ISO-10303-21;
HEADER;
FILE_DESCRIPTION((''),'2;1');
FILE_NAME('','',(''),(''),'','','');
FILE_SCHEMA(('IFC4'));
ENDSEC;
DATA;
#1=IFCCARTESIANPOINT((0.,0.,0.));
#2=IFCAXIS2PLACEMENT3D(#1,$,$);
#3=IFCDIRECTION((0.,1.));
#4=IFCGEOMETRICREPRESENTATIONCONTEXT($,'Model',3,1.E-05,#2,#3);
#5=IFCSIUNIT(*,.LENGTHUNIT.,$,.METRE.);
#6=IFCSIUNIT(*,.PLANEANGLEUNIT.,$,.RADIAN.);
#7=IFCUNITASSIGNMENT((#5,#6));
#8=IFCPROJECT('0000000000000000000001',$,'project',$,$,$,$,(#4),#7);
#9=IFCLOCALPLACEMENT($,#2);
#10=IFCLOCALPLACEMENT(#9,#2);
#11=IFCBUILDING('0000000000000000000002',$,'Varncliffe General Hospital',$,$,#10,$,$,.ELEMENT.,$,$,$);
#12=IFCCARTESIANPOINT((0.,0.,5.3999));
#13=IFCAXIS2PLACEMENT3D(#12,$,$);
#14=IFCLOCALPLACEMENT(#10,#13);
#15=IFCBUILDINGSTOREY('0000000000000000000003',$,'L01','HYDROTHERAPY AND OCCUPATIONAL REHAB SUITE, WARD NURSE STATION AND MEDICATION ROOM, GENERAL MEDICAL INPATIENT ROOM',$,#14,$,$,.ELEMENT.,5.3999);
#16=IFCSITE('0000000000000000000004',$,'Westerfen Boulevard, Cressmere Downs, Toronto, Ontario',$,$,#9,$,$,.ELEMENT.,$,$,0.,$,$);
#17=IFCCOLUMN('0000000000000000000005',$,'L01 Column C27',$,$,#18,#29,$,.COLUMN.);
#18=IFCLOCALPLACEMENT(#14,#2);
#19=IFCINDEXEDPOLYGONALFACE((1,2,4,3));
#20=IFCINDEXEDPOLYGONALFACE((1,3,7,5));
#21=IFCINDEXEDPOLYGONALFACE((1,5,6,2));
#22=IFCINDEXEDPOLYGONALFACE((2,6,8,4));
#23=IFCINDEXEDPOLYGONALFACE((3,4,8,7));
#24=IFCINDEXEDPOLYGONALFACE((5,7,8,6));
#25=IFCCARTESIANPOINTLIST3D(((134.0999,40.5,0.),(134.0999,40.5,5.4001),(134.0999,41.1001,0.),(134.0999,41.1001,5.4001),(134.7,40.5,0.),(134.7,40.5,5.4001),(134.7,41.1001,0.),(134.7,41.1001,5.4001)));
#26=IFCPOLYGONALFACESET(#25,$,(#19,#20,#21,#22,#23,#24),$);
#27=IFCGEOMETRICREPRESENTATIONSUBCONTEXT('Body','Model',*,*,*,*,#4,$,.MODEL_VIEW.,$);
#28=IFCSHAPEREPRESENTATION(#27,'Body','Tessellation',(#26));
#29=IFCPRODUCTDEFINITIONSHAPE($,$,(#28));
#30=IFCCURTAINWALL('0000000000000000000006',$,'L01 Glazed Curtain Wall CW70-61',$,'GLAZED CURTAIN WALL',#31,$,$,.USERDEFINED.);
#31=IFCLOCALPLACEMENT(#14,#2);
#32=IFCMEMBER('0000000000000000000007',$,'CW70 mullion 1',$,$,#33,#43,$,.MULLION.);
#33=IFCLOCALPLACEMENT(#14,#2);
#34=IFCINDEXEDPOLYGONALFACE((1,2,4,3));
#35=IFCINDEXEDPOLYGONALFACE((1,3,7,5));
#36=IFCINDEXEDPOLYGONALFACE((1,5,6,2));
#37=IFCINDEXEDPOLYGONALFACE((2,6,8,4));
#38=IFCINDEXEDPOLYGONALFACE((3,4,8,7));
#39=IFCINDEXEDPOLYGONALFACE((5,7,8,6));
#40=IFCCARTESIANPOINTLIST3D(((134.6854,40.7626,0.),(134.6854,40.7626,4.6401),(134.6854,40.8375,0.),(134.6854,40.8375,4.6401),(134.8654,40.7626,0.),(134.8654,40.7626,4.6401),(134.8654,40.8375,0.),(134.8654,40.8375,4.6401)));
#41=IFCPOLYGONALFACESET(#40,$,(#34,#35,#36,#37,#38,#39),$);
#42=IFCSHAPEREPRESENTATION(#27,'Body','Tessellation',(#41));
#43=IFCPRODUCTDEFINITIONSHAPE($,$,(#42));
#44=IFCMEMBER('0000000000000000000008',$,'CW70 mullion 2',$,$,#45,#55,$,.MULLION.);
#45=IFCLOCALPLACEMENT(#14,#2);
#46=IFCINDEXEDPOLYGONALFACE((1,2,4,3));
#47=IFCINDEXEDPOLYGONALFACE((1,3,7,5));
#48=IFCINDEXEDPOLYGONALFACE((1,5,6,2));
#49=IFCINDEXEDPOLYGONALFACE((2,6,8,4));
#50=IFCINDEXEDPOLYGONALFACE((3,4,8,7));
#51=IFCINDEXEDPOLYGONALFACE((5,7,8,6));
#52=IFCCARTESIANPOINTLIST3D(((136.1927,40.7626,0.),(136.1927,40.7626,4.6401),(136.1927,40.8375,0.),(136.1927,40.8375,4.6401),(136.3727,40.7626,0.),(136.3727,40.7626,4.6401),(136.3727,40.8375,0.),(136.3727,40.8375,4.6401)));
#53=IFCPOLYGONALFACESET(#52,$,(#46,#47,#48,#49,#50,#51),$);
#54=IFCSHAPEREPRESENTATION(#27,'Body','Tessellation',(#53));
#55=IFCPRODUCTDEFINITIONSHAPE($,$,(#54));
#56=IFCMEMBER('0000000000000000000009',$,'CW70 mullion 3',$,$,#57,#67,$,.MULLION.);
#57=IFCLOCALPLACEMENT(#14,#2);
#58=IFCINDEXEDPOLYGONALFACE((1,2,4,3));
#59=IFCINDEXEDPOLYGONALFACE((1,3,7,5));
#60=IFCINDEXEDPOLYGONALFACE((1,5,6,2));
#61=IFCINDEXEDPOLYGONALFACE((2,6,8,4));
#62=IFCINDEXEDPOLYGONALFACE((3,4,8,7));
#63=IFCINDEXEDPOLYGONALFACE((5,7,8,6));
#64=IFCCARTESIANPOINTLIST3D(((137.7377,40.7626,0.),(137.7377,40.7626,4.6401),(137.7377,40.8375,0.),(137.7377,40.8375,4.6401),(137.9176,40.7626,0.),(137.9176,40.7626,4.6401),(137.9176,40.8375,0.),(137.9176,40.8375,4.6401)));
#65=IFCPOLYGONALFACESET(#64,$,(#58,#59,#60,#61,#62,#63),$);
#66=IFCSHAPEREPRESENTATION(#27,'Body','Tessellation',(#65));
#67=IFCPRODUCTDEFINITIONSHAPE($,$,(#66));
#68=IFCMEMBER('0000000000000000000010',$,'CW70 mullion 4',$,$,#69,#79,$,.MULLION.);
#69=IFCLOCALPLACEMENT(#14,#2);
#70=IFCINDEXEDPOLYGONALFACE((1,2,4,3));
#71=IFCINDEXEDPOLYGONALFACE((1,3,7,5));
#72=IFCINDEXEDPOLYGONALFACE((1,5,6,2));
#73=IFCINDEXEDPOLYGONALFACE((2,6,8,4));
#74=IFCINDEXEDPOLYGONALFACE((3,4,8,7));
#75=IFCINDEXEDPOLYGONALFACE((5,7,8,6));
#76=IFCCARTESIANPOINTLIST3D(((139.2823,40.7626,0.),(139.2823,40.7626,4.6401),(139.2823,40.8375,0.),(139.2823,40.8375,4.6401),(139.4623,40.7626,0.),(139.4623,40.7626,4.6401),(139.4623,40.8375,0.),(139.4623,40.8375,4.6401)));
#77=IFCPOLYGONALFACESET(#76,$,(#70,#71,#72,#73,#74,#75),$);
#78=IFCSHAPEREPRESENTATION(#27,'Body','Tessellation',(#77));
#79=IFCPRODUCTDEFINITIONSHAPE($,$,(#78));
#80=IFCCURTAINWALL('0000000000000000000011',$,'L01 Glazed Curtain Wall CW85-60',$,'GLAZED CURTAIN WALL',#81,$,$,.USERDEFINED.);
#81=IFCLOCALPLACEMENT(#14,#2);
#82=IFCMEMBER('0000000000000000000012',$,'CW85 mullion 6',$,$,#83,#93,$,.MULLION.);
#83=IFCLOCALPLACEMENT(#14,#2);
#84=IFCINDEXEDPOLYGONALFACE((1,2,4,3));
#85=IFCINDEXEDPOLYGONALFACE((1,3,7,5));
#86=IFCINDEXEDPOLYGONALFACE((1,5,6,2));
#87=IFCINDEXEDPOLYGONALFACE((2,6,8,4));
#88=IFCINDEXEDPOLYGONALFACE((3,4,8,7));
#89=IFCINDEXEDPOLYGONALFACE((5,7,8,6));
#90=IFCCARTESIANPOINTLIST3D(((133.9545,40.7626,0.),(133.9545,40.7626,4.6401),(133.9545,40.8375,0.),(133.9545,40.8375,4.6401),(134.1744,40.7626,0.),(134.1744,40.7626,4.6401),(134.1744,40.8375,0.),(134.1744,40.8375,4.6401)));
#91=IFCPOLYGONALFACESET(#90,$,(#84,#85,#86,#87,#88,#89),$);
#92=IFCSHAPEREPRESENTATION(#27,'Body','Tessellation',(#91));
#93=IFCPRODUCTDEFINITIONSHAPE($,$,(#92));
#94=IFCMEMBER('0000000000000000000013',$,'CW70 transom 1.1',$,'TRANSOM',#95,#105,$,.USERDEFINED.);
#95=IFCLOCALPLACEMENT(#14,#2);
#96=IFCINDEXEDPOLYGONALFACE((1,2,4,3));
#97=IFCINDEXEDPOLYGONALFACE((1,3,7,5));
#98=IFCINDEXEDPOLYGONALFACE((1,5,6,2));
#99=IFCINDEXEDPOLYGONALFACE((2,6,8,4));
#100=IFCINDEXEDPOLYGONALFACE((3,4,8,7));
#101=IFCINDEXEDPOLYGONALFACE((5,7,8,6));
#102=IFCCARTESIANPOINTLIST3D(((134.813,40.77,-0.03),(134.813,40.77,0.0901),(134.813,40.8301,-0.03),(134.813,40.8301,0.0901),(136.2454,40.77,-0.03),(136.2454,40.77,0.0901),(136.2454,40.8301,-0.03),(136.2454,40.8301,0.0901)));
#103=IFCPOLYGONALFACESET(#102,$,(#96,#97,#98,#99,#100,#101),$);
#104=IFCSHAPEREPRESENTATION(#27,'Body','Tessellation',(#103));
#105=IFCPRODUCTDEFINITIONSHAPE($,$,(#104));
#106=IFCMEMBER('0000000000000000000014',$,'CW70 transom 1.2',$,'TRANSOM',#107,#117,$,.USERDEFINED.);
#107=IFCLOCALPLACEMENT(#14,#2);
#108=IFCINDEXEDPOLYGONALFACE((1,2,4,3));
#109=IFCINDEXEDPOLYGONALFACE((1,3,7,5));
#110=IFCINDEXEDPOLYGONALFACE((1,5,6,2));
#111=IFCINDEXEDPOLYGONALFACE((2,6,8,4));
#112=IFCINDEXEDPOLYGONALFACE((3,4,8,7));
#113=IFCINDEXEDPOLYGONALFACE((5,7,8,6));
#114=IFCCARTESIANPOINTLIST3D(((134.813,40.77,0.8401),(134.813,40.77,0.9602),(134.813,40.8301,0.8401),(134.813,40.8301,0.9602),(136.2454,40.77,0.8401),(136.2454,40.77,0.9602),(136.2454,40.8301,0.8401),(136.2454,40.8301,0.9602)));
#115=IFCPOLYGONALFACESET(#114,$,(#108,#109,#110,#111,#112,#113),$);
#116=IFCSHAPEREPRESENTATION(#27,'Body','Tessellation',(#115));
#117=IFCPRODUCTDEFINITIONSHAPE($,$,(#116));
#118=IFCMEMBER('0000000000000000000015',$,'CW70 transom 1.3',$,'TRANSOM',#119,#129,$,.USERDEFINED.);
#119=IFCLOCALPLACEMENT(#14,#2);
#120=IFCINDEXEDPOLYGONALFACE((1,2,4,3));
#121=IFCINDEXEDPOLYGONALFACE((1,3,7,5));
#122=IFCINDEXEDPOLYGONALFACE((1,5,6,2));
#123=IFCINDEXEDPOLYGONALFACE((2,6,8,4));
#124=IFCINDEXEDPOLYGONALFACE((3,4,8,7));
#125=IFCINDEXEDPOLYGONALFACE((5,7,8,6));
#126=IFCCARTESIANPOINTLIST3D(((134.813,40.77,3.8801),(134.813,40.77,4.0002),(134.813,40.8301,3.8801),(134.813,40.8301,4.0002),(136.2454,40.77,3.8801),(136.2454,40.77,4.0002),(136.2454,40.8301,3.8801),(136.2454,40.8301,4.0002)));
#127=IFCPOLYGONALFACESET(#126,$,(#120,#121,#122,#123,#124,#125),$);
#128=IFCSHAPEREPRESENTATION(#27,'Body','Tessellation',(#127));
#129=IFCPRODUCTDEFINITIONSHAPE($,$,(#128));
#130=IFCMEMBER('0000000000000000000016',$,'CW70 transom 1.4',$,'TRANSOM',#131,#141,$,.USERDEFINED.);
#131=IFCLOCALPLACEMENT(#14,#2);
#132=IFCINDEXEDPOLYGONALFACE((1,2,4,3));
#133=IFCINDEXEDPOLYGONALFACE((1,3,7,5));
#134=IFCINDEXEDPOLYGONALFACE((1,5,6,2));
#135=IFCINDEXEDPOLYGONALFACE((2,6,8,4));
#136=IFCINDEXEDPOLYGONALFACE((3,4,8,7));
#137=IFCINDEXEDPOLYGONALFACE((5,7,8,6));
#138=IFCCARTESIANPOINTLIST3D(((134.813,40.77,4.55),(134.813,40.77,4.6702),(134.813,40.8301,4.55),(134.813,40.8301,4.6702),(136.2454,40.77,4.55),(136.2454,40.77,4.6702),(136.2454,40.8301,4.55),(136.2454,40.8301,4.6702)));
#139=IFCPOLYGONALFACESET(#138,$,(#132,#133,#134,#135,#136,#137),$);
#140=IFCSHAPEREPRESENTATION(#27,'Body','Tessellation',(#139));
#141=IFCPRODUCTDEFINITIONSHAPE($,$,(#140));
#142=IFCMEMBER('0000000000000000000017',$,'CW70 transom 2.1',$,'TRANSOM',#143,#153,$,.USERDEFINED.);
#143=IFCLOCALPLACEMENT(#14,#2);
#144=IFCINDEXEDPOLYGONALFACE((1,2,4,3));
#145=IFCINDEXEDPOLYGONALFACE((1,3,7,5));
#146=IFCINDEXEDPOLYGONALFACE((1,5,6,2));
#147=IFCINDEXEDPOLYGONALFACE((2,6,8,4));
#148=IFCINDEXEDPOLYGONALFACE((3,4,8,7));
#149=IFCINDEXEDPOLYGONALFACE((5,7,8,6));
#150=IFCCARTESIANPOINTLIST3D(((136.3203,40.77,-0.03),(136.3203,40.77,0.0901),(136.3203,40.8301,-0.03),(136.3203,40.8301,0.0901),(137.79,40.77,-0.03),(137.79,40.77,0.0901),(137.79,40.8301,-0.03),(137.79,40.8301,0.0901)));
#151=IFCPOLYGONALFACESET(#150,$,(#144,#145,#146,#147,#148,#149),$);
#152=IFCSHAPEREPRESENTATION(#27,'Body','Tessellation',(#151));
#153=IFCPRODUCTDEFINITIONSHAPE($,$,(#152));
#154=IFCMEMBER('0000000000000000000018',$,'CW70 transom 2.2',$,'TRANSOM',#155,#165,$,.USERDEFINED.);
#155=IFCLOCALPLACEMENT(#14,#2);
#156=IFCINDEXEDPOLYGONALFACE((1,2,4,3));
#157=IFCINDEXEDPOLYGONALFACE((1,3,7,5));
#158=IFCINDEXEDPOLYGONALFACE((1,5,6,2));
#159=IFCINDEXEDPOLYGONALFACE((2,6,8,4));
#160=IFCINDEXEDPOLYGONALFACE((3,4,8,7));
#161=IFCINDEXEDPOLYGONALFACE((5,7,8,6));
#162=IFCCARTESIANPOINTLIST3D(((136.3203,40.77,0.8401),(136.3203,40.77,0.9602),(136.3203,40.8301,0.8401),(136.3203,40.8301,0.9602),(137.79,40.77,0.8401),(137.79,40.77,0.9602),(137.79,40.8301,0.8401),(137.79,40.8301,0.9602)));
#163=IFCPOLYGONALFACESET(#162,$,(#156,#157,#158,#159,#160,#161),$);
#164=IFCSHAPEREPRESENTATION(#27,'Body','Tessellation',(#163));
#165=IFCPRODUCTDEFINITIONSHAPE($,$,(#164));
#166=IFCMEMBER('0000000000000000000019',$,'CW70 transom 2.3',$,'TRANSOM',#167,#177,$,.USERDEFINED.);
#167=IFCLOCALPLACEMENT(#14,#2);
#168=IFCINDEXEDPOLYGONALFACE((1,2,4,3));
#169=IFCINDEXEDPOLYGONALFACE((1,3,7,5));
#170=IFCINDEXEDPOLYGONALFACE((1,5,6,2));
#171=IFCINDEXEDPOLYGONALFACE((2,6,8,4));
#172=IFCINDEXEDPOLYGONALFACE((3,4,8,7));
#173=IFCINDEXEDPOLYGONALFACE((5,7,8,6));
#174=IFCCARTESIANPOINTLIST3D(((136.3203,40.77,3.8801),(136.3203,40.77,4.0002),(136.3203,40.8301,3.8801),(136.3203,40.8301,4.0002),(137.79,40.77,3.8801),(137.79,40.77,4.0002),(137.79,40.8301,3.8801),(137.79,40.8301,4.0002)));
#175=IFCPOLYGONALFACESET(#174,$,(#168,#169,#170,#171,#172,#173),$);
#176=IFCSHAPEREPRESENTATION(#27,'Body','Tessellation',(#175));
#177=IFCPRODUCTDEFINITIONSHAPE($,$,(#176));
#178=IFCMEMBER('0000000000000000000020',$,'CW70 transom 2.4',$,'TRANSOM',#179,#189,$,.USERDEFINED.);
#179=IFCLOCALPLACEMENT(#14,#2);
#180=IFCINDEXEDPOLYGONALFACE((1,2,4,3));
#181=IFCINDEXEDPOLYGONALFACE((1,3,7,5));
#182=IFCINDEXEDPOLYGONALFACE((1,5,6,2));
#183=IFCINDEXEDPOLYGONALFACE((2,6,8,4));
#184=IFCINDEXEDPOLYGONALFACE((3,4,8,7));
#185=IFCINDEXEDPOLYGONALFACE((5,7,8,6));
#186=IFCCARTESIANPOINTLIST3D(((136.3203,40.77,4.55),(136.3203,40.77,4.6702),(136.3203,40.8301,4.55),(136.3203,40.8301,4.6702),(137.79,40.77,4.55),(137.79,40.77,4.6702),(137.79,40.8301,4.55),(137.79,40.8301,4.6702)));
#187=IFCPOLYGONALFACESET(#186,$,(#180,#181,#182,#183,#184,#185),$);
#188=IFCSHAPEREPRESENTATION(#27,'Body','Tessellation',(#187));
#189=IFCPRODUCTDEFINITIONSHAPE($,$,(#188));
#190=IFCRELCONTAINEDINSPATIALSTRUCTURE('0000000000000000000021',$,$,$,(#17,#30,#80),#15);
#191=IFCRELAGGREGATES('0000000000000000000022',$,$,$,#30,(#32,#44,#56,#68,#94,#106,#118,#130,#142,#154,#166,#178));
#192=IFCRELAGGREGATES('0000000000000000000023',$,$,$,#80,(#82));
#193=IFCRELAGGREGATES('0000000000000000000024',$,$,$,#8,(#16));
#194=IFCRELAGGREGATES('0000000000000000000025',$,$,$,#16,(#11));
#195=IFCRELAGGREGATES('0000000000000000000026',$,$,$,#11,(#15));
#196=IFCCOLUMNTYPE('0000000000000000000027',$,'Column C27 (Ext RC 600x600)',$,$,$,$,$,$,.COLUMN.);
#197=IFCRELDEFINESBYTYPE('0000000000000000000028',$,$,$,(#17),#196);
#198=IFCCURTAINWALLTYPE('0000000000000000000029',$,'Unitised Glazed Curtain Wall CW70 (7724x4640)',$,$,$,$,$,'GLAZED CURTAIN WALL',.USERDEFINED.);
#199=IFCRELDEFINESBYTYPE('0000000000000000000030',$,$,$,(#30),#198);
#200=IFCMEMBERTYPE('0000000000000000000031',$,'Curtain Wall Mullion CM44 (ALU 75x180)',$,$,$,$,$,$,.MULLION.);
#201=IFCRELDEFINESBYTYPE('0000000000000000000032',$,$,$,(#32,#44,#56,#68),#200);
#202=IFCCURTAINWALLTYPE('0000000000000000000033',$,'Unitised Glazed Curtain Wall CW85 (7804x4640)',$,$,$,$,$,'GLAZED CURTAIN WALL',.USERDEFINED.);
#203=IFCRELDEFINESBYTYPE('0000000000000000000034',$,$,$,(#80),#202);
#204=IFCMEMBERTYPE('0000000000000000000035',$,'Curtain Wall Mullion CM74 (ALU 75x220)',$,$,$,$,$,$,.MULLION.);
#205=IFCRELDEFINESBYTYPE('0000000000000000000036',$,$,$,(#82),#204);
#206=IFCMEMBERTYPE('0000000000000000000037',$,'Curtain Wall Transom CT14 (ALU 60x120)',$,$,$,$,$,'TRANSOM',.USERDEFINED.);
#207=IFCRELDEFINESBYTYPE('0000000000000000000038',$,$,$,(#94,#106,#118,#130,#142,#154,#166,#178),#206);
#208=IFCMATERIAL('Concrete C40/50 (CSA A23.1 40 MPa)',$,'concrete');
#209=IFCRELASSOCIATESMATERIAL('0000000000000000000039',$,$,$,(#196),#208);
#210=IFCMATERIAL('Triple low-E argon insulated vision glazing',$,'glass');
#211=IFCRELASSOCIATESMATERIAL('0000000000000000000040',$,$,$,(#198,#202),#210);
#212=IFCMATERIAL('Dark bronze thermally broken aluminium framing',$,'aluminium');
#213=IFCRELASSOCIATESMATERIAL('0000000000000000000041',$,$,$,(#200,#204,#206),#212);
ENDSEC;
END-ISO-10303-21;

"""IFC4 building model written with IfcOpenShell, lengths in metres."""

from ifc_helpers import new_model, si_unit, direction, frame, origin, origin_2d, place, context, subcontext, project, spatial, rectangle, extrude, material, material_profile, profile_set, type_object, element, aggregate, save


model = new_model("IFC4")

# Units and contexts
model_context = context("Model", 3, precision=1e-05, world=origin(), true_north=direction((0.0, 1.0)))
body_context = subcontext(model_context, "Body", "Model", "MODEL_VIEW")
ifc_project = project(units=[si_unit("LENGTHUNIT", "METRE"), si_unit("PLANEANGLEUNIT", "RADIAN")], contexts=[model_context])

# Site, building, storey
site_placement = place(None, origin())
site = spatial("IfcSite", under=ifc_project, at=site_placement, Name="Westerfen Boulevard, Cressmere Downs, Toronto, Ontario", CompositionType="ELEMENT", RefElevation=0.0)
building_placement = place(site_placement, origin())
building = spatial("IfcBuilding", under=site, at=building_placement, Name="Varncliffe General Hospital", CompositionType="ELEMENT")
storey_placement = place(building_placement, frame((0.0, 0.0, 5.3999)))
storey = spatial("IfcBuildingStorey", under=building, at=storey_placement, Name="L01", Description="HYDROTHERAPY AND OCCUPATIONAL REHAB SUITE, WARD NURSE STATION AND MEDICATION ROOM, GENERAL MEDICAL INPATIENT ROOM", CompositionType="ELEMENT", Elevation=5.3999)

# Column
ifc_material_1 = material(Name="Concrete C40/50 (CSA A23.1 40 MPa)", Category="concrete")
ifc_material_profile_1 = material_profile(ifc_material_1, rectangle(XDim=0.6001, YDim=0.6001, at=origin_2d()), Name="RC 600x600")
ifc_profile_set_1 = profile_set([ifc_material_profile_1], Name="Concrete C40/50 (CSA A23.1 40 MPa)")
column_type = type_object("IfcColumnType", Name="Column C27 (Ext RC 600x600)", PredefinedType="COLUMN", material=ifc_profile_set_1)
column_placement = place(storey_placement, frame((134.3999, 40.8, 0.0), z_axis=(0.0, 0.0, 1.0), x_axis=(1.0, 0.0, 0.0)))
element("IfcColumn", 1, at=column_placement, inside=storey, type_object=column_type, Name="L01 Column C27", PredefinedType="COLUMN", context=body_context, shape_type="SweptSolid", body=[
    extrude(rectangle(XDim=0.6001, YDim=0.6001, at=origin_2d()), origin(), (0.0, 0.0, 1.0), 5.4001),
])

# Curtain wall, members
ifc_material_2 = material(Name="Triple low-E argon insulated vision glazing", Category="glass")
curtain_wall_type_1 = type_object("IfcCurtainWallType", Name="Unitised Glazed Curtain Wall CW70 (7724x4640)", ElementType="GLAZED CURTAIN WALL", PredefinedType="USERDEFINED", material=ifc_material_2)
curtain_wall_1_placement = place(storey_placement, origin())
curtain_wall_1 = element("IfcCurtainWall", 2, at=curtain_wall_1_placement, inside=storey, type_object=curtain_wall_type_1, Name="L01 Glazed Curtain Wall CW70-61", ObjectType="GLAZED CURTAIN WALL", PredefinedType="USERDEFINED")
ifc_material_3 = material(Name="Dark bronze thermally broken aluminium framing", Category="aluminium")
ifc_material_profile_2 = material_profile(ifc_material_3, rectangle(XDim=0.075, YDim=0.1799, at=origin_2d()), Name="ALU 75x180")
ifc_profile_set_2 = profile_set([ifc_material_profile_2], Name="Dark bronze thermally broken aluminium framing")
member_type_1 = type_object("IfcMemberType", Name="Curtain Wall Mullion CM44 (ALU 75x180)", PredefinedType="MULLION", material=ifc_profile_set_2)
member_1_placement = place(storey_placement, frame((134.7754, 40.8, 0.0), z_axis=(0.0, 0.0, 1.0), x_axis=(0.0, 1.0, 0.0)))
member_1 = element("IfcMember", 3, at=member_1_placement, type_object=member_type_1, Name="CW70 mullion 1", PredefinedType="MULLION", context=body_context, shape_type="SweptSolid", body=[
    extrude(rectangle(XDim=0.075, YDim=0.1799, at=origin_2d()), origin(), (0.0, 0.0, 1.0), 4.6401),
])
member_2_placement = place(storey_placement, frame((136.2827, 40.8, 0.0), z_axis=(0.0, 0.0, 1.0), x_axis=(0.0, 1.0, 0.0)))
member_2 = element("IfcMember", 4, at=member_2_placement, type_object=member_type_1, Name="CW70 mullion 2", PredefinedType="MULLION", context=body_context, shape_type="SweptSolid", body=[
    extrude(rectangle(XDim=0.075, YDim=0.1799, at=origin_2d()), origin(), (0.0, 0.0, 1.0), 4.6401),
])
member_3_placement = place(storey_placement, frame((137.8276, 40.8, 0.0), z_axis=(0.0, 0.0, 1.0), x_axis=(0.0, 1.0, 0.0)))
member_3 = element("IfcMember", 5, at=member_3_placement, type_object=member_type_1, Name="CW70 mullion 3", PredefinedType="MULLION", context=body_context, shape_type="SweptSolid", body=[
    extrude(rectangle(XDim=0.075, YDim=0.1799, at=origin_2d()), origin(), (0.0, 0.0, 1.0), 4.6401),
])
member_4_placement = place(storey_placement, frame((139.3723, 40.8, 0.0), z_axis=(0.0, 0.0, 1.0), x_axis=(0.0, 1.0, 0.0)))
member_4 = element("IfcMember", 6, at=member_4_placement, type_object=member_type_1, Name="CW70 mullion 4", PredefinedType="MULLION", context=body_context, shape_type="SweptSolid", body=[
    extrude(rectangle(XDim=0.075, YDim=0.1799, at=origin_2d()), origin(), (0.0, 0.0, 1.0), 4.6401),
])

# Curtain wall, member
curtain_wall_type_2 = type_object("IfcCurtainWallType", Name="Unitised Glazed Curtain Wall CW85 (7804x4640)", ElementType="GLAZED CURTAIN WALL", PredefinedType="USERDEFINED", material=ifc_material_2)
curtain_wall_2_placement = place(storey_placement, origin())
curtain_wall_2 = element("IfcCurtainWall", 7, at=curtain_wall_2_placement, inside=storey, type_object=curtain_wall_type_2, Name="L01 Glazed Curtain Wall CW85-60", ObjectType="GLAZED CURTAIN WALL", PredefinedType="USERDEFINED")
ifc_material_profile_3 = material_profile(ifc_material_3, rectangle(XDim=0.075, YDim=0.22, at=origin_2d()), Name="ALU 75x220")
ifc_profile_set_3 = profile_set([ifc_material_profile_3], Name="Dark bronze thermally broken aluminium framing")
member_type_2 = type_object("IfcMemberType", Name="Curtain Wall Mullion CM74 (ALU 75x220)", PredefinedType="MULLION", material=ifc_profile_set_3)
member_5_placement = place(storey_placement, frame((134.0645, 40.8, 0.0), z_axis=(0.0, 0.0, 1.0), x_axis=(0.0, 1.0, 0.0)))
member_5 = element("IfcMember", 8, at=member_5_placement, type_object=member_type_2, Name="CW85 mullion 6", PredefinedType="MULLION", context=body_context, shape_type="SweptSolid", body=[
    extrude(rectangle(XDim=0.075, YDim=0.22, at=origin_2d()), origin(), (0.0, 0.0, 1.0), 4.6401),
])

# Members
ifc_material_profile_4 = material_profile(ifc_material_3, rectangle(XDim=0.0601, YDim=0.1201, at=origin_2d()), Name="ALU 60x120")
ifc_profile_set_4 = profile_set([ifc_material_profile_4], Name="Dark bronze thermally broken aluminium framing")
member_type_3 = type_object("IfcMemberType", Name="Curtain Wall Transom CT14 (ALU 60x120)", ElementType="TRANSOM", PredefinedType="USERDEFINED", material=ifc_profile_set_4)
member_6_placement = place(storey_placement, frame((134.813, 40.8, 0.03), z_axis=(1.0, 0.0, 0.0), x_axis=(0.0, 1.0, 0.0)))
member_6 = element("IfcMember", 9, at=member_6_placement, type_object=member_type_3, Name="CW70 transom 1.1", ObjectType="TRANSOM", PredefinedType="USERDEFINED", context=body_context, shape_type="SweptSolid", body=[
    extrude(rectangle(XDim=0.0601, YDim=0.1201, at=origin_2d()), origin(), (0.0, 0.0, 1.0), 1.4324),
])
member_7_placement = place(storey_placement, frame((134.813, 40.8, 0.9001), z_axis=(1.0, 0.0, 0.0), x_axis=(0.0, 1.0, 0.0)))
member_7 = element("IfcMember", 10, at=member_7_placement, type_object=member_type_3, Name="CW70 transom 1.2", ObjectType="TRANSOM", PredefinedType="USERDEFINED", context=body_context, shape_type="SweptSolid", body=[
    extrude(rectangle(XDim=0.0601, YDim=0.1201, at=origin_2d()), origin(), (0.0, 0.0, 1.0), 1.4324),
])
member_8_placement = place(storey_placement, frame((134.813, 40.8, 3.9402), z_axis=(1.0, 0.0, 0.0), x_axis=(0.0, 1.0, 0.0)))
member_8 = element("IfcMember", 11, at=member_8_placement, type_object=member_type_3, Name="CW70 transom 1.3", ObjectType="TRANSOM", PredefinedType="USERDEFINED", context=body_context, shape_type="SweptSolid", body=[
    extrude(rectangle(XDim=0.0601, YDim=0.1201, at=origin_2d()), origin(), (0.0, 0.0, 1.0), 1.4324),
])
member_9_placement = place(storey_placement, frame((134.813, 40.8, 4.6101), z_axis=(1.0, 0.0, 0.0), x_axis=(0.0, 1.0, 0.0)))
member_9 = element("IfcMember", 12, at=member_9_placement, type_object=member_type_3, Name="CW70 transom 1.4", ObjectType="TRANSOM", PredefinedType="USERDEFINED", context=body_context, shape_type="SweptSolid", body=[
    extrude(rectangle(XDim=0.0601, YDim=0.1201, at=origin_2d()), origin(), (0.0, 0.0, 1.0), 1.4324),
])
member_10_placement = place(storey_placement, frame((136.3203, 40.8, 0.03), z_axis=(1.0, 0.0, 0.0), x_axis=(0.0, 1.0, 0.0)))
member_10 = element("IfcMember", 13, at=member_10_placement, type_object=member_type_3, Name="CW70 transom 2.1", ObjectType="TRANSOM", PredefinedType="USERDEFINED", context=body_context, shape_type="SweptSolid", body=[
    extrude(rectangle(XDim=0.0601, YDim=0.1201, at=origin_2d()), origin(), (0.0, 0.0, 1.0), 1.4697),
])
member_11_placement = place(storey_placement, frame((136.3203, 40.8, 0.9001), z_axis=(1.0, 0.0, 0.0), x_axis=(0.0, 1.0, 0.0)))
member_11 = element("IfcMember", 14, at=member_11_placement, type_object=member_type_3, Name="CW70 transom 2.2", ObjectType="TRANSOM", PredefinedType="USERDEFINED", context=body_context, shape_type="SweptSolid", body=[
    extrude(rectangle(XDim=0.0601, YDim=0.1201, at=origin_2d()), origin(), (0.0, 0.0, 1.0), 1.4697),
])
member_12_placement = place(storey_placement, frame((136.3203, 40.8, 3.9402), z_axis=(1.0, 0.0, 0.0), x_axis=(0.0, 1.0, 0.0)))
member_12 = element("IfcMember", 15, at=member_12_placement, type_object=member_type_3, Name="CW70 transom 2.3", ObjectType="TRANSOM", PredefinedType="USERDEFINED", context=body_context, shape_type="SweptSolid", body=[
    extrude(rectangle(XDim=0.0601, YDim=0.1201, at=origin_2d()), origin(), (0.0, 0.0, 1.0), 1.4697),
])
member_13_placement = place(storey_placement, frame((136.3203, 40.8, 4.6101), z_axis=(1.0, 0.0, 0.0), x_axis=(0.0, 1.0, 0.0)))
member_13 = element("IfcMember", 16, at=member_13_placement, type_object=member_type_3, Name="CW70 transom 2.4", ObjectType="TRANSOM", PredefinedType="USERDEFINED", context=body_context, shape_type="SweptSolid", body=[
    extrude(rectangle(XDim=0.0601, YDim=0.1201, at=origin_2d()), origin(), (0.0, 0.0, 1.0), 1.4697),
])

aggregate(curtain_wall_1, [member_1, member_2, member_3, member_4, member_6, member_7, member_8, member_9, member_10, member_11, member_12, member_13])
aggregate(curtain_wall_2, [member_5])

save(model, "model.ifc")
